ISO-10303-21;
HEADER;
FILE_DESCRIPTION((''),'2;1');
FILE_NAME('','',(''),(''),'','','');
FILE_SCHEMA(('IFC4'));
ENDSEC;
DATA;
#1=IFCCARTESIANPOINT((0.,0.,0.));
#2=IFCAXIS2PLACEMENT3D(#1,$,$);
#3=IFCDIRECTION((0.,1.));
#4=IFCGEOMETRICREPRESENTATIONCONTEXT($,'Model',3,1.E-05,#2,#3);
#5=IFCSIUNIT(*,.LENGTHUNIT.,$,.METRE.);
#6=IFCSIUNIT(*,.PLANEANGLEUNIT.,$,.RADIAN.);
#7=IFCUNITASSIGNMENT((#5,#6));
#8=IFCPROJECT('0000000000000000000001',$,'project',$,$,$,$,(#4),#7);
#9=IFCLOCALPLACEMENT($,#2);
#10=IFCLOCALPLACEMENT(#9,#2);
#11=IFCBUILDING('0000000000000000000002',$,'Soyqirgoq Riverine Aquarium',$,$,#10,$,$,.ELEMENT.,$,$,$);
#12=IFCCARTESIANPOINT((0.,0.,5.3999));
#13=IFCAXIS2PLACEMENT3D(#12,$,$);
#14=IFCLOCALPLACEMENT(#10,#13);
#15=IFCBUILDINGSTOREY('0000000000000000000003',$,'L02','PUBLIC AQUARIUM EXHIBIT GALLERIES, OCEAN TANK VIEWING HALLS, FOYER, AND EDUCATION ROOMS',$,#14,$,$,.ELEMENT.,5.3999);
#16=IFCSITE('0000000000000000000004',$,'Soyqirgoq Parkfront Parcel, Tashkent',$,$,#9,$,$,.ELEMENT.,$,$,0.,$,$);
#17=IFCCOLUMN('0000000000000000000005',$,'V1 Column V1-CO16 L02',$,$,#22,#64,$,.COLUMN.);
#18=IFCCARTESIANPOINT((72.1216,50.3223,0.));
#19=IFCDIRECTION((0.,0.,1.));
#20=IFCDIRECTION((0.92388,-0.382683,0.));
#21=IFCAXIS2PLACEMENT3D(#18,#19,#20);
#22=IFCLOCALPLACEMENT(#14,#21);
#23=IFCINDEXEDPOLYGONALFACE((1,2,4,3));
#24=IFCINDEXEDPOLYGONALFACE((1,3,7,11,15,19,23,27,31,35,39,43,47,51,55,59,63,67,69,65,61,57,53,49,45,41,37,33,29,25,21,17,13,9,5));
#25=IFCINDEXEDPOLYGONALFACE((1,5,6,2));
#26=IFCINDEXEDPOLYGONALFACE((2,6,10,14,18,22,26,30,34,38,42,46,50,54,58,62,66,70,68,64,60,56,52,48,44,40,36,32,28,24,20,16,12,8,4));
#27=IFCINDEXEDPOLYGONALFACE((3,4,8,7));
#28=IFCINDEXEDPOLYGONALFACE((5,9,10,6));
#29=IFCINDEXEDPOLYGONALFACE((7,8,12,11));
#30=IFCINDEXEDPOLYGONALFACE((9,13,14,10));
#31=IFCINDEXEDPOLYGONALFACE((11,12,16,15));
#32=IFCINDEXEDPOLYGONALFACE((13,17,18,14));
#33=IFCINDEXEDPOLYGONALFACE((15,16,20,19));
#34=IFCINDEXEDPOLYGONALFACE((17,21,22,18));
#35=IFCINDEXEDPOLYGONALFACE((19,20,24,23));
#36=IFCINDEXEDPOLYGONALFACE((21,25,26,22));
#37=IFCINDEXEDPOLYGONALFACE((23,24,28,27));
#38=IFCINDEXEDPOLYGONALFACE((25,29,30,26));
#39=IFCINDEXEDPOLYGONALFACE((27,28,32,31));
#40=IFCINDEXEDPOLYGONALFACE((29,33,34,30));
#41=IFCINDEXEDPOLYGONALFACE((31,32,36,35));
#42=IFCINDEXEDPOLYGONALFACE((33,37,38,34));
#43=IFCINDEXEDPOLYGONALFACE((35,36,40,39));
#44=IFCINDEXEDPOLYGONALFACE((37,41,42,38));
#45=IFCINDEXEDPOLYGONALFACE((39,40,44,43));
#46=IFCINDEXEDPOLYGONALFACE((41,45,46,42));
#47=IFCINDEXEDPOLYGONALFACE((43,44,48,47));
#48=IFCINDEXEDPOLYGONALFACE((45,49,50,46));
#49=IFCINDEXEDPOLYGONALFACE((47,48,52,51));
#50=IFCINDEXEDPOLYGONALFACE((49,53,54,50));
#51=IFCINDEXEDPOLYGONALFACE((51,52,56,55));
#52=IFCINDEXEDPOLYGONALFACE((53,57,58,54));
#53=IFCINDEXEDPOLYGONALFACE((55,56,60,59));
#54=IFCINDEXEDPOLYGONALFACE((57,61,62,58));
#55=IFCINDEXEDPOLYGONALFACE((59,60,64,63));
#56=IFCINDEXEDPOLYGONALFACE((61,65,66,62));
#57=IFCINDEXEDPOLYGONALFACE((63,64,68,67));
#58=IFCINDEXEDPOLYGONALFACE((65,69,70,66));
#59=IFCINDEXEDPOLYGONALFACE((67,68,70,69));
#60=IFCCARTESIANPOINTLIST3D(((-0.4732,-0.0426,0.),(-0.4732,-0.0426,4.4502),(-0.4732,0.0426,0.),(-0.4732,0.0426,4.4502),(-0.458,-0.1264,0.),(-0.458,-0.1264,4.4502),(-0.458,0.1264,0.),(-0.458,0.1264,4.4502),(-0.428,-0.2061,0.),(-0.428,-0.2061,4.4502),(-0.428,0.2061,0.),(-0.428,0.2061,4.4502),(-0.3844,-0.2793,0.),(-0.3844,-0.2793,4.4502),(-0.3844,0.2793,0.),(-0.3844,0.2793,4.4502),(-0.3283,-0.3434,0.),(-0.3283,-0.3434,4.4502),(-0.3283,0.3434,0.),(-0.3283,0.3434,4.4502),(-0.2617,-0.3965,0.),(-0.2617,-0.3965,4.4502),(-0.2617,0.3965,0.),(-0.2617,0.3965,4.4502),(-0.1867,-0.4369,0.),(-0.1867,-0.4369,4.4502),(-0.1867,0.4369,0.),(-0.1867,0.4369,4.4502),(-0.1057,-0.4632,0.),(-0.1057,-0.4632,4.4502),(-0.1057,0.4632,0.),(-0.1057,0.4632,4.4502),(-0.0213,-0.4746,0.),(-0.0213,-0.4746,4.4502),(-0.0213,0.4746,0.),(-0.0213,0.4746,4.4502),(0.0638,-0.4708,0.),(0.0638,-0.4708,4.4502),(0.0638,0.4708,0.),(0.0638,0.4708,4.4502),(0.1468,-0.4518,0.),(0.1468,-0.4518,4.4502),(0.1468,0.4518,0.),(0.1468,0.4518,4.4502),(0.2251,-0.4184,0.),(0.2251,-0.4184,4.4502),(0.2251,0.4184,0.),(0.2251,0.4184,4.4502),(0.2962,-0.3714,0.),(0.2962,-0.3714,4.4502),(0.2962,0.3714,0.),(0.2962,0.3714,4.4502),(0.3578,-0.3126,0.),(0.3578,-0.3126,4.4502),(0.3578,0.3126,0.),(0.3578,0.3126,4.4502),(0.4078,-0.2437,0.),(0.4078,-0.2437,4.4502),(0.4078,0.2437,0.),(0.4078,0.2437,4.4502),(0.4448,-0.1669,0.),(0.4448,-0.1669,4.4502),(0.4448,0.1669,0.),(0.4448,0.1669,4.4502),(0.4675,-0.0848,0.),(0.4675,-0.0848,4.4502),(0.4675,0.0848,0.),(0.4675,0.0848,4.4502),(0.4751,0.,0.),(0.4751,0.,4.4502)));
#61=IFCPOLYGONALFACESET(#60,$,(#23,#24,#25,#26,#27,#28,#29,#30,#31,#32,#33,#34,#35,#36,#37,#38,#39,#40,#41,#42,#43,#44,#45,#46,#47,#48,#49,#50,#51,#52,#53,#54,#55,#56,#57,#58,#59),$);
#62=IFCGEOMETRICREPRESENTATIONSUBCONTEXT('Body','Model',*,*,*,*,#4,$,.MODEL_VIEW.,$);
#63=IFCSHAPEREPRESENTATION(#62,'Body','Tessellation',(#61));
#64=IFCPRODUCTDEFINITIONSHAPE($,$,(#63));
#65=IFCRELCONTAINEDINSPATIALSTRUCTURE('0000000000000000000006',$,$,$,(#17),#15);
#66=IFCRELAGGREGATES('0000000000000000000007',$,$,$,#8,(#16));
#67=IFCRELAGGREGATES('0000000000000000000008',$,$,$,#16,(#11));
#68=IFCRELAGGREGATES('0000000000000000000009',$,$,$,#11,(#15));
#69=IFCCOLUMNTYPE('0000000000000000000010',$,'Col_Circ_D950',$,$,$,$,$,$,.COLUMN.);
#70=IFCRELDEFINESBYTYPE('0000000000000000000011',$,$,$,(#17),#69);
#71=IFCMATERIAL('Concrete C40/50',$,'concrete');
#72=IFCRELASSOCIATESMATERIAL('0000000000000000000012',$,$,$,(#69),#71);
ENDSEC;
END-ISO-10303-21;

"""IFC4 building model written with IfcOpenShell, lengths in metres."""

from ifc_helpers import new_model, si_unit, direction, frame, origin, origin_2d, place, context, subcontext, project, spatial, circle, extrude, material, material_profile, profile_set, type_object, element, save


model = new_model("IFC4")

# Units and contexts
model_context = context("Model", 3, precision=1e-05, world=origin(), true_north=direction((0.0, 1.0)))
body_context = subcontext(model_context, "Body", "Model", "MODEL_VIEW")
ifc_project = project(units=[si_unit("LENGTHUNIT", "METRE"), si_unit("PLANEANGLEUNIT", "RADIAN")], contexts=[model_context])

# Site, building, storey
site_placement = place(None, origin())
site = spatial("IfcSite", under=ifc_project, at=site_placement, Name="Soyqirgoq Parkfront Parcel, Tashkent", CompositionType="ELEMENT", RefElevation=0.0)
building_placement = place(site_placement, origin())
building = spatial("IfcBuilding", under=site, at=building_placement, Name="Soyqirgoq Riverine Aquarium", CompositionType="ELEMENT")
storey_placement = place(building_placement, frame((0.0, 0.0, 5.3999)))
storey = spatial("IfcBuildingStorey", under=building, at=storey_placement, Name="L02", Description="PUBLIC AQUARIUM EXHIBIT GALLERIES, OCEAN TANK VIEWING HALLS, FOYER, AND EDUCATION ROOMS", CompositionType="ELEMENT", Elevation=5.3999)

# Column
ifc_material_1 = material(Name="Concrete C40/50", Category="concrete")
ifc_material_profile_1 = material_profile(ifc_material_1, circle(Radius=0.4751, at=origin_2d()), Name="RC-COL D950")
ifc_profile_set_1 = profile_set([ifc_material_profile_1], Name="Concrete C40/50")
column_type = type_object("IfcColumnType", Name="Col_Circ_D950", PredefinedType="COLUMN", material=ifc_profile_set_1)
column_placement = place(storey_placement, frame((72.1216, 50.3223, 0.0), z_axis=(0.0, 0.0, 1.0), x_axis=(0.92388, -0.382683, 0.0)))
element("IfcColumn", 1, at=column_placement, inside=storey, type_object=column_type, Name="V1 Column V1-CO16 L02", PredefinedType="COLUMN", context=body_context, shape_type="SweptSolid", body=[
    extrude(circle(Radius=0.4751, at=origin_2d()), origin(), (0.0, 0.0, 1.0), 4.4502),
])

save(model, "model.ifc")
